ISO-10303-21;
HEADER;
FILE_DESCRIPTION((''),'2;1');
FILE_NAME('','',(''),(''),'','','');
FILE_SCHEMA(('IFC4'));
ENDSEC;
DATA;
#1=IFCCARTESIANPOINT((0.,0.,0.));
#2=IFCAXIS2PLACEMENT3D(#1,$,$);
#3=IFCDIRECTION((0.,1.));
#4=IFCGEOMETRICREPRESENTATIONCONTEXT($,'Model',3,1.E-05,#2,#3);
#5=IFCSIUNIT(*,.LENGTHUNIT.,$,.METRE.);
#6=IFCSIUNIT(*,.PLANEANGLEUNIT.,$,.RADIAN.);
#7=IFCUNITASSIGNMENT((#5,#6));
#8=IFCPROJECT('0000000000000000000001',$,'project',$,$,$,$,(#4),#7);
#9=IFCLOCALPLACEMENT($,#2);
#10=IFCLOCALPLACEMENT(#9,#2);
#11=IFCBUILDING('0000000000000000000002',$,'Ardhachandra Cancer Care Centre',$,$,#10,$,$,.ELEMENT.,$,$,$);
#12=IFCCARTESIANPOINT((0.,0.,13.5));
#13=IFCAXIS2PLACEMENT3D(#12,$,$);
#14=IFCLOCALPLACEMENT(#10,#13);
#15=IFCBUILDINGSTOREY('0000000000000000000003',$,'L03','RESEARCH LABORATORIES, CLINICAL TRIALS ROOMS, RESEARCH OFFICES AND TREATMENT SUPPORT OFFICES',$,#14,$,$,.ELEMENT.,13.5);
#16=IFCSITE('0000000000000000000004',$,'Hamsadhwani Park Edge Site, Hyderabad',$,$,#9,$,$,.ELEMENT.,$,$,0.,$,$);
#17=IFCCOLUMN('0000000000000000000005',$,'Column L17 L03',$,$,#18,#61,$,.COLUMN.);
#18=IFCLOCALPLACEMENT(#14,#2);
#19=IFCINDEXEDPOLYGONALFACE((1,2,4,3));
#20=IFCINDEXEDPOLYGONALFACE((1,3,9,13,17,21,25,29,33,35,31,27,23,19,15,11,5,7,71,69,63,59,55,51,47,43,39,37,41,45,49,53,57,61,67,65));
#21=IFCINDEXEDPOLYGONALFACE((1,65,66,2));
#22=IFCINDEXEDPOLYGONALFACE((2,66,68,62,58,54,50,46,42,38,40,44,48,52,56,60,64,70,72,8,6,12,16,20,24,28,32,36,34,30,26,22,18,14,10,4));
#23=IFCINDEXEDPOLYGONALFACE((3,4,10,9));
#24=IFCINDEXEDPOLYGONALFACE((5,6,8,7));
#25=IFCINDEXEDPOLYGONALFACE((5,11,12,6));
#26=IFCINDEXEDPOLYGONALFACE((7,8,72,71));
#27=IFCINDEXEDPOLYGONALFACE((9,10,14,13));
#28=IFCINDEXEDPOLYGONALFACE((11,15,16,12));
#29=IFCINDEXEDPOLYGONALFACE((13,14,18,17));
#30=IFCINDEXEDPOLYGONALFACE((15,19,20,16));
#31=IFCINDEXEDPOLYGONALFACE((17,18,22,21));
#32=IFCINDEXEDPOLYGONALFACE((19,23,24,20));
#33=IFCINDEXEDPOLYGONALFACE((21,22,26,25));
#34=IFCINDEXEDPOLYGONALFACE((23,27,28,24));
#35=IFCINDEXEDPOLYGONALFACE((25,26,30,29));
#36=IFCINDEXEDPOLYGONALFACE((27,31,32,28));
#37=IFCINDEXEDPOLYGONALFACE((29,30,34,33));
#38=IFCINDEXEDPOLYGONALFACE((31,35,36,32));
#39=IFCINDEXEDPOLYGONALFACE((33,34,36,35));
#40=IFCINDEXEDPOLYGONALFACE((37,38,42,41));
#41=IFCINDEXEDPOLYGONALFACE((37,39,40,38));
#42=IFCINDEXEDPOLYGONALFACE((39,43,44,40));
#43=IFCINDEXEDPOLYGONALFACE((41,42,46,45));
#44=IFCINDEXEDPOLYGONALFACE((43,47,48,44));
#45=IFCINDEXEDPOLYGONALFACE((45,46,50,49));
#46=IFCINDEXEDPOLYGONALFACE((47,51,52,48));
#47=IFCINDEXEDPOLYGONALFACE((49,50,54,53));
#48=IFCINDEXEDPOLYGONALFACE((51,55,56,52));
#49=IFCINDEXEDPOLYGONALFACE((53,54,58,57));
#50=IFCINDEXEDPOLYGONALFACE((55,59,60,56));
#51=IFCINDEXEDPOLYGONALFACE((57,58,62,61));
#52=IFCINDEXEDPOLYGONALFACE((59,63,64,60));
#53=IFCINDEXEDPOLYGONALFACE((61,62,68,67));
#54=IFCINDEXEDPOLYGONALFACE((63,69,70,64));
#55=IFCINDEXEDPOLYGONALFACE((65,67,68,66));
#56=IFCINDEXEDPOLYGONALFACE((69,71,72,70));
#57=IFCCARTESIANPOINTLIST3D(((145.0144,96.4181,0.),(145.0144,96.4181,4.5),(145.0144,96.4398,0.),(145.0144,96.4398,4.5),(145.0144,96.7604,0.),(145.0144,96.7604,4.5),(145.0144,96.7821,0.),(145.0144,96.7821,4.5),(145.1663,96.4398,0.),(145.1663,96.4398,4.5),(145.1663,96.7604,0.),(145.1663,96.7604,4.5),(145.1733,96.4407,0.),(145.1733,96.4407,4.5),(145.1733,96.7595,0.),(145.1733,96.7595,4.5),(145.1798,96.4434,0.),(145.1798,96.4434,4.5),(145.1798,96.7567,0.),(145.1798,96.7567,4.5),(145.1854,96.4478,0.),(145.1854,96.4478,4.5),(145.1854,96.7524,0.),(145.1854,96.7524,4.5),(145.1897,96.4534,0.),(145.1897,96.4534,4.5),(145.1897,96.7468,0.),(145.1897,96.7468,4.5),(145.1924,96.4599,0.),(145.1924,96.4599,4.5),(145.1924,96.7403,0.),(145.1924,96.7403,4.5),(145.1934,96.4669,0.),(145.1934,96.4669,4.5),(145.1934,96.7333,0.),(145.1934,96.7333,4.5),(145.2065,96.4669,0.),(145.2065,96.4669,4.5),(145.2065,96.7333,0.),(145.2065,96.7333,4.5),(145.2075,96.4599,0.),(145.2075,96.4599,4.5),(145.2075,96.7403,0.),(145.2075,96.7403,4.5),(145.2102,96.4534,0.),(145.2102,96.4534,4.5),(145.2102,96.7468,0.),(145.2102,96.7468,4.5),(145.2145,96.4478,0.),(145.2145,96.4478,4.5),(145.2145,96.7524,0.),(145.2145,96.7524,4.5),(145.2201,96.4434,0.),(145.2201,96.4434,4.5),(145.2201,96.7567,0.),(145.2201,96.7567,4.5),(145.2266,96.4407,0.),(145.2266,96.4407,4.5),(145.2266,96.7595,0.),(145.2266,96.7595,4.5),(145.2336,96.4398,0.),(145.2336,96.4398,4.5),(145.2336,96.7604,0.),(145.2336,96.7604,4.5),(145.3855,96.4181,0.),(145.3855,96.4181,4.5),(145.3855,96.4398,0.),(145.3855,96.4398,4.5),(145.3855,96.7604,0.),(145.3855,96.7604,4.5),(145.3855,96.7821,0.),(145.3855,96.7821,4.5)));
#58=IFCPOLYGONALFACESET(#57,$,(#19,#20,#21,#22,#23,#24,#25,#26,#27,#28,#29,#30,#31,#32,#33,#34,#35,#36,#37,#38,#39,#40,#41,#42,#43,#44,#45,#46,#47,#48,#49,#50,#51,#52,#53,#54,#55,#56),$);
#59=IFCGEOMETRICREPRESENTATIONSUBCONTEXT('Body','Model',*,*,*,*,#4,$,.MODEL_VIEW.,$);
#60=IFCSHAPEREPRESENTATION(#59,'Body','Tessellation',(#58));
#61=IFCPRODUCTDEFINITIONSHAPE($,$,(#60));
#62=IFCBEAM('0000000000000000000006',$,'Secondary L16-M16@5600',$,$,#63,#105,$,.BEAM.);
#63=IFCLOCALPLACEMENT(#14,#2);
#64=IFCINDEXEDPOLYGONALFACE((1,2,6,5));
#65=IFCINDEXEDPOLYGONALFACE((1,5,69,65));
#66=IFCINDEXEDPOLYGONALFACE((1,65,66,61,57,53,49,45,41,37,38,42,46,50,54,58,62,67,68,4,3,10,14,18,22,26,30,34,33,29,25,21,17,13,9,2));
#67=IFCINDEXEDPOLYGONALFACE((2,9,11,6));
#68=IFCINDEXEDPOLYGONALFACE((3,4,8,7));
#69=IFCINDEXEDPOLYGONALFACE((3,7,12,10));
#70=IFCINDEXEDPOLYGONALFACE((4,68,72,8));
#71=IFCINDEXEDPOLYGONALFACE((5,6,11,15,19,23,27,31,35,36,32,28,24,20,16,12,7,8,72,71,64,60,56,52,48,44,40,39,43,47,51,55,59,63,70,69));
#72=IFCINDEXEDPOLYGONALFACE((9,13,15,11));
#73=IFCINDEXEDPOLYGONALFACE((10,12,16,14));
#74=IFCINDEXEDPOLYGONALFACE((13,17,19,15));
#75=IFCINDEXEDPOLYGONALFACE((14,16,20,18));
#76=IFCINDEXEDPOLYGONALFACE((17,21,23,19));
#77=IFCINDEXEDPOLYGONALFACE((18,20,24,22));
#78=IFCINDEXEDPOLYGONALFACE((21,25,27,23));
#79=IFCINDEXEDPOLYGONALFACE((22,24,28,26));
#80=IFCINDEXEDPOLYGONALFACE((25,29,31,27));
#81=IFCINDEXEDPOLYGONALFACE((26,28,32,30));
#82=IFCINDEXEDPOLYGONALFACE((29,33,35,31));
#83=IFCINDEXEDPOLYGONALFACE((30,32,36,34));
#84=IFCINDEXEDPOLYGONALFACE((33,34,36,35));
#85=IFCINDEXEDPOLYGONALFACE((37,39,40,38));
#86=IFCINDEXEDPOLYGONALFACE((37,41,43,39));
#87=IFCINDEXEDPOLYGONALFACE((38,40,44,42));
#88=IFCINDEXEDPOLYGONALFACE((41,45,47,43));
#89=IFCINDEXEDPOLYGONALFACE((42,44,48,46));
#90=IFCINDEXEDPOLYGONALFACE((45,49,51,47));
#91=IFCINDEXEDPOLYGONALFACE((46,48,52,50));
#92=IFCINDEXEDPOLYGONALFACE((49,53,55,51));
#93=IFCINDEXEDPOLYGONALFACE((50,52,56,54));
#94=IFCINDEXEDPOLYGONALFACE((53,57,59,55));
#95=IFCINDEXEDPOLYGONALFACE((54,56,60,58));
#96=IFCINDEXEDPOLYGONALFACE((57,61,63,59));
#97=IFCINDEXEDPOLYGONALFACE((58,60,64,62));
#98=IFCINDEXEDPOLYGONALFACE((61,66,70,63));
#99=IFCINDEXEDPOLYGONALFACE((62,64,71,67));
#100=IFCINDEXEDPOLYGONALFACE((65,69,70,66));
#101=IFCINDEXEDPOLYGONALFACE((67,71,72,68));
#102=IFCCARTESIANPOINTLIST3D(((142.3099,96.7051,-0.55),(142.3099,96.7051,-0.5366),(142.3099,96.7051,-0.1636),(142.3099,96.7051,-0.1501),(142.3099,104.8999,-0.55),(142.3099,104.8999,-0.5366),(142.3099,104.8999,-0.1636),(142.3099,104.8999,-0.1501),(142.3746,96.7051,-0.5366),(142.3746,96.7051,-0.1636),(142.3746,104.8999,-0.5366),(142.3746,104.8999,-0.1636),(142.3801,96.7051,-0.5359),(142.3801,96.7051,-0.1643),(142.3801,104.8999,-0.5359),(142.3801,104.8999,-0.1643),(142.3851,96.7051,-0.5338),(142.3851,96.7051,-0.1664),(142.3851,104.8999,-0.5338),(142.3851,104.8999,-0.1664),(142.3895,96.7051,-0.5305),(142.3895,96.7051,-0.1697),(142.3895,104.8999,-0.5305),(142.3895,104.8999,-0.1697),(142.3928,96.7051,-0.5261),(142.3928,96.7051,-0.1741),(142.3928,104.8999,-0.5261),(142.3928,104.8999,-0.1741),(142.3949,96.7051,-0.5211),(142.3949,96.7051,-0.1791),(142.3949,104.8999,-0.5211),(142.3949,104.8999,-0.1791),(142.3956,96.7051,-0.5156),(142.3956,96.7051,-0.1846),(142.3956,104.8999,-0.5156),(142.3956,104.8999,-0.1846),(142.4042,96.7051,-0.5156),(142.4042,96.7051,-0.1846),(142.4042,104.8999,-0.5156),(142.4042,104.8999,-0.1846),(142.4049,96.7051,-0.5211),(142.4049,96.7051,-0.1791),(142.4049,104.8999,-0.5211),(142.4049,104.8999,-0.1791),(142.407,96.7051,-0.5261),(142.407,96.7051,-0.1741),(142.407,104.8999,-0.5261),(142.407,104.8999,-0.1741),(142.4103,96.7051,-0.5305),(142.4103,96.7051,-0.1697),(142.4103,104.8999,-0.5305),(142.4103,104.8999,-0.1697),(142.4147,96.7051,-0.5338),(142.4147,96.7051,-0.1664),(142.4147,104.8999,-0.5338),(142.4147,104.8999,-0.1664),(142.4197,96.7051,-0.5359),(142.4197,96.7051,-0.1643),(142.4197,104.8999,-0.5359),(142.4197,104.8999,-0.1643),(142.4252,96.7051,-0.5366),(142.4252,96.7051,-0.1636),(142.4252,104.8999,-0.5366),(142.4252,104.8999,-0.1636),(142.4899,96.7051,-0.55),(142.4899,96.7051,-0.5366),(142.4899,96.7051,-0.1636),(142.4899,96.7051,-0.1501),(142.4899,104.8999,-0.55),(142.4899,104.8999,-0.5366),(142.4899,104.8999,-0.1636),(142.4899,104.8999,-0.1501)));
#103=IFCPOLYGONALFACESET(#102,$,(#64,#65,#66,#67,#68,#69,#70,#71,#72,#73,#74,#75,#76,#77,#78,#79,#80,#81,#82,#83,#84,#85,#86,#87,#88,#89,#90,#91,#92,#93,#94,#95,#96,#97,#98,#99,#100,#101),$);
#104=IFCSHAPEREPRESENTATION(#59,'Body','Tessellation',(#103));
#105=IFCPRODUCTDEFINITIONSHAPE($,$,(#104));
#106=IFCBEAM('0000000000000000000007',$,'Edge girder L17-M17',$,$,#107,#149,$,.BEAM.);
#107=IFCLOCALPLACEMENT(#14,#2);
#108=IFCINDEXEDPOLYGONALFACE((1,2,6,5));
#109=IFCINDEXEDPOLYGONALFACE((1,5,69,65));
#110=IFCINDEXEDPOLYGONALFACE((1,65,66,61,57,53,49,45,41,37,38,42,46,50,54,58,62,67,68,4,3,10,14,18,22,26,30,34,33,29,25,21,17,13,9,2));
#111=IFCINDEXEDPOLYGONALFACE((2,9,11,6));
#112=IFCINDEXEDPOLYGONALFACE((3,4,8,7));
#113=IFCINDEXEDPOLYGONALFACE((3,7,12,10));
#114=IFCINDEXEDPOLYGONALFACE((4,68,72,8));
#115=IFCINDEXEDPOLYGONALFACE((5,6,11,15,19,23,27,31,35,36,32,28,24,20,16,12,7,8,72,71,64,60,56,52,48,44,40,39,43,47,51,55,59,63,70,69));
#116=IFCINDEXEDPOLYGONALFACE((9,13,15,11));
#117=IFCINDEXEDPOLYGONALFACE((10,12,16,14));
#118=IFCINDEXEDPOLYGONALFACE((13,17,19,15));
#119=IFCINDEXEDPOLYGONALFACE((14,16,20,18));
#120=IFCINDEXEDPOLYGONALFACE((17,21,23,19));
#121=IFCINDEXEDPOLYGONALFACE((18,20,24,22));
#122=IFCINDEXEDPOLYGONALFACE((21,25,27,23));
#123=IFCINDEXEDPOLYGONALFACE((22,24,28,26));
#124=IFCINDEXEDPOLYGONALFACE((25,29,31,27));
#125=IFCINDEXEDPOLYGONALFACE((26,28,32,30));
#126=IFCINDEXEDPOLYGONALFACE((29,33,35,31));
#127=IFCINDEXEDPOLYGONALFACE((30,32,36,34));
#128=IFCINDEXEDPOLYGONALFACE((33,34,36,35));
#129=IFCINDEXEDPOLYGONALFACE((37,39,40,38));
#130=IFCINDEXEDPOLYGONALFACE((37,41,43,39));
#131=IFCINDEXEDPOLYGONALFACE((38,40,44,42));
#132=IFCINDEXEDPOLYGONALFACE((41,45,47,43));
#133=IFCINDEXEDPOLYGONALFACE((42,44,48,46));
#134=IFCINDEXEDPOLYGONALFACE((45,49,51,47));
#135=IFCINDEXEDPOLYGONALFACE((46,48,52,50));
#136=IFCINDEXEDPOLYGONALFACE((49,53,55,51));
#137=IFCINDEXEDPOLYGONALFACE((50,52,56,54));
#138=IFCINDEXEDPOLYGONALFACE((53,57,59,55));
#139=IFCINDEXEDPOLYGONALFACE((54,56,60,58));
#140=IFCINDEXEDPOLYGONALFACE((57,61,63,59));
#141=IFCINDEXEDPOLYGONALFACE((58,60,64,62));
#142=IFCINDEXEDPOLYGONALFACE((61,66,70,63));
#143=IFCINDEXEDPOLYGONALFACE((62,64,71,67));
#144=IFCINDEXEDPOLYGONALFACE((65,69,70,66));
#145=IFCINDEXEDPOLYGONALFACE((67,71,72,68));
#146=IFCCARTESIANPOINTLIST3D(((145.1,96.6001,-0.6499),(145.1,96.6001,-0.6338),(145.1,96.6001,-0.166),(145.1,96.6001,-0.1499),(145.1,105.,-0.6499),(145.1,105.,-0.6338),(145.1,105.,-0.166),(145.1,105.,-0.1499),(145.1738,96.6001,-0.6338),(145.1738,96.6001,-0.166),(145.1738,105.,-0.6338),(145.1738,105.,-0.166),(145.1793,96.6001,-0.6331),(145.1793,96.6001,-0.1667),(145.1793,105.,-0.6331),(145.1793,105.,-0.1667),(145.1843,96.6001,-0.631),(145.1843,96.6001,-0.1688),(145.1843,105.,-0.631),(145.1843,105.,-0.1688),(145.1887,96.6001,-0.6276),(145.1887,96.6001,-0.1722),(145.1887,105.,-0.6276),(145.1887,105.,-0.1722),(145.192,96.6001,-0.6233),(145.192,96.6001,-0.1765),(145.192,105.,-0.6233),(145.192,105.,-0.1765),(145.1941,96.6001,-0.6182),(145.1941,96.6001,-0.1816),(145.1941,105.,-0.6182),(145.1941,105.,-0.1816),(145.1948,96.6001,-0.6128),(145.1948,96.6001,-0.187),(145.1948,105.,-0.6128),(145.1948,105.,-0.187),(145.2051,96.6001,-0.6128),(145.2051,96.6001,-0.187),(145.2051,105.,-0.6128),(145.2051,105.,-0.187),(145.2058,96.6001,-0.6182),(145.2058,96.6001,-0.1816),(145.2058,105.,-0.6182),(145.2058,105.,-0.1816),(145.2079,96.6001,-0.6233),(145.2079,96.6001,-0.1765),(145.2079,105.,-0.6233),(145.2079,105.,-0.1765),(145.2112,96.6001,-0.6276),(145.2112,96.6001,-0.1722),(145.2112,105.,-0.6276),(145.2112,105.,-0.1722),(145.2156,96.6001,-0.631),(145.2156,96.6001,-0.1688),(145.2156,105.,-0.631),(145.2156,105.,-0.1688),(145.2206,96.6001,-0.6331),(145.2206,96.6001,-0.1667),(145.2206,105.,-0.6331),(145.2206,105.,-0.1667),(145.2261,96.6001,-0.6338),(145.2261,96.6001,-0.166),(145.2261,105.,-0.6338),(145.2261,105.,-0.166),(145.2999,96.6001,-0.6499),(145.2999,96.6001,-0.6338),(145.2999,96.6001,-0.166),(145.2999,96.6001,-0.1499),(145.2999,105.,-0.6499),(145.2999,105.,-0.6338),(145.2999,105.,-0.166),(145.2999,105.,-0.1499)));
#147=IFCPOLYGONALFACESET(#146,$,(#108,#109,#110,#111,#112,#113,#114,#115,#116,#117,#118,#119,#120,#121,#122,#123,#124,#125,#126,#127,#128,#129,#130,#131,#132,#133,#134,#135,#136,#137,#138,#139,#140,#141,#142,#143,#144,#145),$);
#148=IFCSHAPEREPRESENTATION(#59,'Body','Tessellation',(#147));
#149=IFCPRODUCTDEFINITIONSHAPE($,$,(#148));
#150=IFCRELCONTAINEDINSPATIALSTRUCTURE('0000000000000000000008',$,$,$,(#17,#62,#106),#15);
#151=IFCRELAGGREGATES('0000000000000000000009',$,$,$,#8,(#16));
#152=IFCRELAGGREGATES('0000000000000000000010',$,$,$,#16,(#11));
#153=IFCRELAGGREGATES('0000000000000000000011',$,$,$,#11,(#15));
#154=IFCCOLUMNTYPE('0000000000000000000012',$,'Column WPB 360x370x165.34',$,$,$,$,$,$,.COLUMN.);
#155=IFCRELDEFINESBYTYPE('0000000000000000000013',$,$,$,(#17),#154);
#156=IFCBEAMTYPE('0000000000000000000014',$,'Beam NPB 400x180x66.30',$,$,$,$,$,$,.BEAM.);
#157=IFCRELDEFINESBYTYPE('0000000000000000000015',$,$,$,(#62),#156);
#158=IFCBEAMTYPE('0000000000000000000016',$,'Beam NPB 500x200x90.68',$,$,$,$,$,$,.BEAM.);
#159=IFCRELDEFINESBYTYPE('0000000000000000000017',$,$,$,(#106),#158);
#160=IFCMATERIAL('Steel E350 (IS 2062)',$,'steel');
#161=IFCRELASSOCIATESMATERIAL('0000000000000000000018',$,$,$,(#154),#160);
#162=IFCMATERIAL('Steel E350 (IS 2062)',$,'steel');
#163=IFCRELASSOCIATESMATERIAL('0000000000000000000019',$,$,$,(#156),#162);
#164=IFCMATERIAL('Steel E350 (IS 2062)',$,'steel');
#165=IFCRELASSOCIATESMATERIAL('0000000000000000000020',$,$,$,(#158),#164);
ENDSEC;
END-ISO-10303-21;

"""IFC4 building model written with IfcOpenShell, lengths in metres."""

from ifc_helpers import new_model, si_unit, direction, frame, origin, origin_2d, place, context, subcontext, project, spatial, i_section, extrude, material, material_profile, profile_set, type_object, element, save


model = new_model("IFC4")

# Units and contexts
model_context = context("Model", 3, precision=1e-05, world=origin(), true_north=direction((0.0, 1.0)))
body_context = subcontext(model_context, "Body", "Model", "MODEL_VIEW")
ifc_project = project(units=[si_unit("LENGTHUNIT", "METRE"), si_unit("PLANEANGLEUNIT", "RADIAN")], contexts=[model_context])

# Site, building, storey
site_placement = place(None, origin())
site = spatial("IfcSite", under=ifc_project, at=site_placement, Name="Hamsadhwani Park Edge Site, Hyderabad", CompositionType="ELEMENT", RefElevation=0.0)
building_placement = place(site_placement, origin())
building = spatial("IfcBuilding", under=site, at=building_placement, Name="Ardhachandra Cancer Care Centre", CompositionType="ELEMENT")
storey_placement = place(building_placement, frame((0.0, 0.0, 13.5)))
storey = spatial("IfcBuildingStorey", under=building, at=storey_placement, Name="L03", Description="RESEARCH LABORATORIES, CLINICAL TRIALS ROOMS, RESEARCH OFFICES AND TREATMENT SUPPORT OFFICES", CompositionType="ELEMENT", Elevation=13.5)

# Column
ifc_material_1 = material(Name="Steel E350 (IS 2062)", Category="steel")
ifc_material_profile_1 = material_profile(ifc_material_1, i_section(OverallWidth=0.3711, OverallDepth=0.364, WebThickness=0.0132, FlangeThickness=0.0217, FilletRadius=0.0271, at=origin_2d()), Name="WPB 360x370x165.34")
ifc_profile_set_1 = profile_set([ifc_material_profile_1], Name="Steel E350 (IS 2062)")
column_type = type_object("IfcColumnType", Name="Column WPB 360x370x165.34", PredefinedType="COLUMN", material=ifc_profile_set_1)
column_placement = place(storey_placement, frame((145.2, 96.6001, 0.0), z_axis=(0.0, 0.0, 1.0), x_axis=(1.0, 0.0, 0.0)))
element("IfcColumn", 1, at=column_placement, inside=storey, type_object=column_type, Name="Column L17 L03", PredefinedType="COLUMN", context=body_context, shape_type="SweptSolid", body=[
    extrude(i_section(OverallWidth=0.3711, OverallDepth=0.364, WebThickness=0.0132, FlangeThickness=0.0217, FilletRadius=0.0271, at=origin_2d()), origin(), (0.0, 0.0, 1.0), 4.5),
])

# Beams
ifc_material_2 = material(Name="Steel E350 (IS 2062)", Category="steel")
ifc_material_profile_2 = material_profile(ifc_material_2, i_section(OverallWidth=0.1799, OverallDepth=0.3999, WebThickness=0.0085, FlangeThickness=0.0134, FilletRadius=0.021, at=origin_2d()), Name="NPB 400x180x66.30")
ifc_profile_set_2 = profile_set([ifc_material_profile_2], Name="Steel E350 (IS 2062)")
beam_type_1 = type_object("IfcBeamType", Name="Beam NPB 400x180x66.30", PredefinedType="BEAM", material=ifc_profile_set_2)
beam_1_placement = place(storey_placement, frame((142.3999, 96.7051, -0.3501), z_axis=(0.0, 1.0, 0.0), x_axis=(-1.0, 0.0, 0.0)))
element("IfcBeam", 2, at=beam_1_placement, inside=storey, type_object=beam_type_1, Name="Secondary L16-M16@5600", PredefinedType="BEAM", context=body_context, shape_type="SweptSolid", body=[
    extrude(i_section(OverallWidth=0.1799, OverallDepth=0.3999, WebThickness=0.0085, FlangeThickness=0.0134, FilletRadius=0.021, at=origin_2d()), origin(), (0.0, 0.0, 1.0), 8.1948),
])
ifc_material_3 = material(Name="Steel E350 (IS 2062)", Category="steel")
ifc_material_profile_3 = material_profile(ifc_material_3, i_section(OverallWidth=0.2, OverallDepth=0.5, WebThickness=0.0103, FlangeThickness=0.0161, FilletRadius=0.021, at=origin_2d()), Name="NPB 500x200x90.68")
ifc_profile_set_3 = profile_set([ifc_material_profile_3], Name="Steel E350 (IS 2062)")
beam_type_2 = type_object("IfcBeamType", Name="Beam NPB 500x200x90.68", PredefinedType="BEAM", material=ifc_profile_set_3)
beam_2_placement = place(storey_placement, frame((145.2, 96.6001, -0.3999), z_axis=(0.0, 1.0, 0.0), x_axis=(-1.0, 0.0, 0.0)))
element("IfcBeam", 3, at=beam_2_placement, inside=storey, type_object=beam_type_2, Name="Edge girder L17-M17", PredefinedType="BEAM", context=body_context, shape_type="SweptSolid", body=[
    extrude(i_section(OverallWidth=0.2, OverallDepth=0.5, WebThickness=0.0103, FlangeThickness=0.0161, FilletRadius=0.021, at=origin_2d()), origin(), (0.0, 0.0, 1.0), 8.3999),
])

save(model, "model.ifc")
